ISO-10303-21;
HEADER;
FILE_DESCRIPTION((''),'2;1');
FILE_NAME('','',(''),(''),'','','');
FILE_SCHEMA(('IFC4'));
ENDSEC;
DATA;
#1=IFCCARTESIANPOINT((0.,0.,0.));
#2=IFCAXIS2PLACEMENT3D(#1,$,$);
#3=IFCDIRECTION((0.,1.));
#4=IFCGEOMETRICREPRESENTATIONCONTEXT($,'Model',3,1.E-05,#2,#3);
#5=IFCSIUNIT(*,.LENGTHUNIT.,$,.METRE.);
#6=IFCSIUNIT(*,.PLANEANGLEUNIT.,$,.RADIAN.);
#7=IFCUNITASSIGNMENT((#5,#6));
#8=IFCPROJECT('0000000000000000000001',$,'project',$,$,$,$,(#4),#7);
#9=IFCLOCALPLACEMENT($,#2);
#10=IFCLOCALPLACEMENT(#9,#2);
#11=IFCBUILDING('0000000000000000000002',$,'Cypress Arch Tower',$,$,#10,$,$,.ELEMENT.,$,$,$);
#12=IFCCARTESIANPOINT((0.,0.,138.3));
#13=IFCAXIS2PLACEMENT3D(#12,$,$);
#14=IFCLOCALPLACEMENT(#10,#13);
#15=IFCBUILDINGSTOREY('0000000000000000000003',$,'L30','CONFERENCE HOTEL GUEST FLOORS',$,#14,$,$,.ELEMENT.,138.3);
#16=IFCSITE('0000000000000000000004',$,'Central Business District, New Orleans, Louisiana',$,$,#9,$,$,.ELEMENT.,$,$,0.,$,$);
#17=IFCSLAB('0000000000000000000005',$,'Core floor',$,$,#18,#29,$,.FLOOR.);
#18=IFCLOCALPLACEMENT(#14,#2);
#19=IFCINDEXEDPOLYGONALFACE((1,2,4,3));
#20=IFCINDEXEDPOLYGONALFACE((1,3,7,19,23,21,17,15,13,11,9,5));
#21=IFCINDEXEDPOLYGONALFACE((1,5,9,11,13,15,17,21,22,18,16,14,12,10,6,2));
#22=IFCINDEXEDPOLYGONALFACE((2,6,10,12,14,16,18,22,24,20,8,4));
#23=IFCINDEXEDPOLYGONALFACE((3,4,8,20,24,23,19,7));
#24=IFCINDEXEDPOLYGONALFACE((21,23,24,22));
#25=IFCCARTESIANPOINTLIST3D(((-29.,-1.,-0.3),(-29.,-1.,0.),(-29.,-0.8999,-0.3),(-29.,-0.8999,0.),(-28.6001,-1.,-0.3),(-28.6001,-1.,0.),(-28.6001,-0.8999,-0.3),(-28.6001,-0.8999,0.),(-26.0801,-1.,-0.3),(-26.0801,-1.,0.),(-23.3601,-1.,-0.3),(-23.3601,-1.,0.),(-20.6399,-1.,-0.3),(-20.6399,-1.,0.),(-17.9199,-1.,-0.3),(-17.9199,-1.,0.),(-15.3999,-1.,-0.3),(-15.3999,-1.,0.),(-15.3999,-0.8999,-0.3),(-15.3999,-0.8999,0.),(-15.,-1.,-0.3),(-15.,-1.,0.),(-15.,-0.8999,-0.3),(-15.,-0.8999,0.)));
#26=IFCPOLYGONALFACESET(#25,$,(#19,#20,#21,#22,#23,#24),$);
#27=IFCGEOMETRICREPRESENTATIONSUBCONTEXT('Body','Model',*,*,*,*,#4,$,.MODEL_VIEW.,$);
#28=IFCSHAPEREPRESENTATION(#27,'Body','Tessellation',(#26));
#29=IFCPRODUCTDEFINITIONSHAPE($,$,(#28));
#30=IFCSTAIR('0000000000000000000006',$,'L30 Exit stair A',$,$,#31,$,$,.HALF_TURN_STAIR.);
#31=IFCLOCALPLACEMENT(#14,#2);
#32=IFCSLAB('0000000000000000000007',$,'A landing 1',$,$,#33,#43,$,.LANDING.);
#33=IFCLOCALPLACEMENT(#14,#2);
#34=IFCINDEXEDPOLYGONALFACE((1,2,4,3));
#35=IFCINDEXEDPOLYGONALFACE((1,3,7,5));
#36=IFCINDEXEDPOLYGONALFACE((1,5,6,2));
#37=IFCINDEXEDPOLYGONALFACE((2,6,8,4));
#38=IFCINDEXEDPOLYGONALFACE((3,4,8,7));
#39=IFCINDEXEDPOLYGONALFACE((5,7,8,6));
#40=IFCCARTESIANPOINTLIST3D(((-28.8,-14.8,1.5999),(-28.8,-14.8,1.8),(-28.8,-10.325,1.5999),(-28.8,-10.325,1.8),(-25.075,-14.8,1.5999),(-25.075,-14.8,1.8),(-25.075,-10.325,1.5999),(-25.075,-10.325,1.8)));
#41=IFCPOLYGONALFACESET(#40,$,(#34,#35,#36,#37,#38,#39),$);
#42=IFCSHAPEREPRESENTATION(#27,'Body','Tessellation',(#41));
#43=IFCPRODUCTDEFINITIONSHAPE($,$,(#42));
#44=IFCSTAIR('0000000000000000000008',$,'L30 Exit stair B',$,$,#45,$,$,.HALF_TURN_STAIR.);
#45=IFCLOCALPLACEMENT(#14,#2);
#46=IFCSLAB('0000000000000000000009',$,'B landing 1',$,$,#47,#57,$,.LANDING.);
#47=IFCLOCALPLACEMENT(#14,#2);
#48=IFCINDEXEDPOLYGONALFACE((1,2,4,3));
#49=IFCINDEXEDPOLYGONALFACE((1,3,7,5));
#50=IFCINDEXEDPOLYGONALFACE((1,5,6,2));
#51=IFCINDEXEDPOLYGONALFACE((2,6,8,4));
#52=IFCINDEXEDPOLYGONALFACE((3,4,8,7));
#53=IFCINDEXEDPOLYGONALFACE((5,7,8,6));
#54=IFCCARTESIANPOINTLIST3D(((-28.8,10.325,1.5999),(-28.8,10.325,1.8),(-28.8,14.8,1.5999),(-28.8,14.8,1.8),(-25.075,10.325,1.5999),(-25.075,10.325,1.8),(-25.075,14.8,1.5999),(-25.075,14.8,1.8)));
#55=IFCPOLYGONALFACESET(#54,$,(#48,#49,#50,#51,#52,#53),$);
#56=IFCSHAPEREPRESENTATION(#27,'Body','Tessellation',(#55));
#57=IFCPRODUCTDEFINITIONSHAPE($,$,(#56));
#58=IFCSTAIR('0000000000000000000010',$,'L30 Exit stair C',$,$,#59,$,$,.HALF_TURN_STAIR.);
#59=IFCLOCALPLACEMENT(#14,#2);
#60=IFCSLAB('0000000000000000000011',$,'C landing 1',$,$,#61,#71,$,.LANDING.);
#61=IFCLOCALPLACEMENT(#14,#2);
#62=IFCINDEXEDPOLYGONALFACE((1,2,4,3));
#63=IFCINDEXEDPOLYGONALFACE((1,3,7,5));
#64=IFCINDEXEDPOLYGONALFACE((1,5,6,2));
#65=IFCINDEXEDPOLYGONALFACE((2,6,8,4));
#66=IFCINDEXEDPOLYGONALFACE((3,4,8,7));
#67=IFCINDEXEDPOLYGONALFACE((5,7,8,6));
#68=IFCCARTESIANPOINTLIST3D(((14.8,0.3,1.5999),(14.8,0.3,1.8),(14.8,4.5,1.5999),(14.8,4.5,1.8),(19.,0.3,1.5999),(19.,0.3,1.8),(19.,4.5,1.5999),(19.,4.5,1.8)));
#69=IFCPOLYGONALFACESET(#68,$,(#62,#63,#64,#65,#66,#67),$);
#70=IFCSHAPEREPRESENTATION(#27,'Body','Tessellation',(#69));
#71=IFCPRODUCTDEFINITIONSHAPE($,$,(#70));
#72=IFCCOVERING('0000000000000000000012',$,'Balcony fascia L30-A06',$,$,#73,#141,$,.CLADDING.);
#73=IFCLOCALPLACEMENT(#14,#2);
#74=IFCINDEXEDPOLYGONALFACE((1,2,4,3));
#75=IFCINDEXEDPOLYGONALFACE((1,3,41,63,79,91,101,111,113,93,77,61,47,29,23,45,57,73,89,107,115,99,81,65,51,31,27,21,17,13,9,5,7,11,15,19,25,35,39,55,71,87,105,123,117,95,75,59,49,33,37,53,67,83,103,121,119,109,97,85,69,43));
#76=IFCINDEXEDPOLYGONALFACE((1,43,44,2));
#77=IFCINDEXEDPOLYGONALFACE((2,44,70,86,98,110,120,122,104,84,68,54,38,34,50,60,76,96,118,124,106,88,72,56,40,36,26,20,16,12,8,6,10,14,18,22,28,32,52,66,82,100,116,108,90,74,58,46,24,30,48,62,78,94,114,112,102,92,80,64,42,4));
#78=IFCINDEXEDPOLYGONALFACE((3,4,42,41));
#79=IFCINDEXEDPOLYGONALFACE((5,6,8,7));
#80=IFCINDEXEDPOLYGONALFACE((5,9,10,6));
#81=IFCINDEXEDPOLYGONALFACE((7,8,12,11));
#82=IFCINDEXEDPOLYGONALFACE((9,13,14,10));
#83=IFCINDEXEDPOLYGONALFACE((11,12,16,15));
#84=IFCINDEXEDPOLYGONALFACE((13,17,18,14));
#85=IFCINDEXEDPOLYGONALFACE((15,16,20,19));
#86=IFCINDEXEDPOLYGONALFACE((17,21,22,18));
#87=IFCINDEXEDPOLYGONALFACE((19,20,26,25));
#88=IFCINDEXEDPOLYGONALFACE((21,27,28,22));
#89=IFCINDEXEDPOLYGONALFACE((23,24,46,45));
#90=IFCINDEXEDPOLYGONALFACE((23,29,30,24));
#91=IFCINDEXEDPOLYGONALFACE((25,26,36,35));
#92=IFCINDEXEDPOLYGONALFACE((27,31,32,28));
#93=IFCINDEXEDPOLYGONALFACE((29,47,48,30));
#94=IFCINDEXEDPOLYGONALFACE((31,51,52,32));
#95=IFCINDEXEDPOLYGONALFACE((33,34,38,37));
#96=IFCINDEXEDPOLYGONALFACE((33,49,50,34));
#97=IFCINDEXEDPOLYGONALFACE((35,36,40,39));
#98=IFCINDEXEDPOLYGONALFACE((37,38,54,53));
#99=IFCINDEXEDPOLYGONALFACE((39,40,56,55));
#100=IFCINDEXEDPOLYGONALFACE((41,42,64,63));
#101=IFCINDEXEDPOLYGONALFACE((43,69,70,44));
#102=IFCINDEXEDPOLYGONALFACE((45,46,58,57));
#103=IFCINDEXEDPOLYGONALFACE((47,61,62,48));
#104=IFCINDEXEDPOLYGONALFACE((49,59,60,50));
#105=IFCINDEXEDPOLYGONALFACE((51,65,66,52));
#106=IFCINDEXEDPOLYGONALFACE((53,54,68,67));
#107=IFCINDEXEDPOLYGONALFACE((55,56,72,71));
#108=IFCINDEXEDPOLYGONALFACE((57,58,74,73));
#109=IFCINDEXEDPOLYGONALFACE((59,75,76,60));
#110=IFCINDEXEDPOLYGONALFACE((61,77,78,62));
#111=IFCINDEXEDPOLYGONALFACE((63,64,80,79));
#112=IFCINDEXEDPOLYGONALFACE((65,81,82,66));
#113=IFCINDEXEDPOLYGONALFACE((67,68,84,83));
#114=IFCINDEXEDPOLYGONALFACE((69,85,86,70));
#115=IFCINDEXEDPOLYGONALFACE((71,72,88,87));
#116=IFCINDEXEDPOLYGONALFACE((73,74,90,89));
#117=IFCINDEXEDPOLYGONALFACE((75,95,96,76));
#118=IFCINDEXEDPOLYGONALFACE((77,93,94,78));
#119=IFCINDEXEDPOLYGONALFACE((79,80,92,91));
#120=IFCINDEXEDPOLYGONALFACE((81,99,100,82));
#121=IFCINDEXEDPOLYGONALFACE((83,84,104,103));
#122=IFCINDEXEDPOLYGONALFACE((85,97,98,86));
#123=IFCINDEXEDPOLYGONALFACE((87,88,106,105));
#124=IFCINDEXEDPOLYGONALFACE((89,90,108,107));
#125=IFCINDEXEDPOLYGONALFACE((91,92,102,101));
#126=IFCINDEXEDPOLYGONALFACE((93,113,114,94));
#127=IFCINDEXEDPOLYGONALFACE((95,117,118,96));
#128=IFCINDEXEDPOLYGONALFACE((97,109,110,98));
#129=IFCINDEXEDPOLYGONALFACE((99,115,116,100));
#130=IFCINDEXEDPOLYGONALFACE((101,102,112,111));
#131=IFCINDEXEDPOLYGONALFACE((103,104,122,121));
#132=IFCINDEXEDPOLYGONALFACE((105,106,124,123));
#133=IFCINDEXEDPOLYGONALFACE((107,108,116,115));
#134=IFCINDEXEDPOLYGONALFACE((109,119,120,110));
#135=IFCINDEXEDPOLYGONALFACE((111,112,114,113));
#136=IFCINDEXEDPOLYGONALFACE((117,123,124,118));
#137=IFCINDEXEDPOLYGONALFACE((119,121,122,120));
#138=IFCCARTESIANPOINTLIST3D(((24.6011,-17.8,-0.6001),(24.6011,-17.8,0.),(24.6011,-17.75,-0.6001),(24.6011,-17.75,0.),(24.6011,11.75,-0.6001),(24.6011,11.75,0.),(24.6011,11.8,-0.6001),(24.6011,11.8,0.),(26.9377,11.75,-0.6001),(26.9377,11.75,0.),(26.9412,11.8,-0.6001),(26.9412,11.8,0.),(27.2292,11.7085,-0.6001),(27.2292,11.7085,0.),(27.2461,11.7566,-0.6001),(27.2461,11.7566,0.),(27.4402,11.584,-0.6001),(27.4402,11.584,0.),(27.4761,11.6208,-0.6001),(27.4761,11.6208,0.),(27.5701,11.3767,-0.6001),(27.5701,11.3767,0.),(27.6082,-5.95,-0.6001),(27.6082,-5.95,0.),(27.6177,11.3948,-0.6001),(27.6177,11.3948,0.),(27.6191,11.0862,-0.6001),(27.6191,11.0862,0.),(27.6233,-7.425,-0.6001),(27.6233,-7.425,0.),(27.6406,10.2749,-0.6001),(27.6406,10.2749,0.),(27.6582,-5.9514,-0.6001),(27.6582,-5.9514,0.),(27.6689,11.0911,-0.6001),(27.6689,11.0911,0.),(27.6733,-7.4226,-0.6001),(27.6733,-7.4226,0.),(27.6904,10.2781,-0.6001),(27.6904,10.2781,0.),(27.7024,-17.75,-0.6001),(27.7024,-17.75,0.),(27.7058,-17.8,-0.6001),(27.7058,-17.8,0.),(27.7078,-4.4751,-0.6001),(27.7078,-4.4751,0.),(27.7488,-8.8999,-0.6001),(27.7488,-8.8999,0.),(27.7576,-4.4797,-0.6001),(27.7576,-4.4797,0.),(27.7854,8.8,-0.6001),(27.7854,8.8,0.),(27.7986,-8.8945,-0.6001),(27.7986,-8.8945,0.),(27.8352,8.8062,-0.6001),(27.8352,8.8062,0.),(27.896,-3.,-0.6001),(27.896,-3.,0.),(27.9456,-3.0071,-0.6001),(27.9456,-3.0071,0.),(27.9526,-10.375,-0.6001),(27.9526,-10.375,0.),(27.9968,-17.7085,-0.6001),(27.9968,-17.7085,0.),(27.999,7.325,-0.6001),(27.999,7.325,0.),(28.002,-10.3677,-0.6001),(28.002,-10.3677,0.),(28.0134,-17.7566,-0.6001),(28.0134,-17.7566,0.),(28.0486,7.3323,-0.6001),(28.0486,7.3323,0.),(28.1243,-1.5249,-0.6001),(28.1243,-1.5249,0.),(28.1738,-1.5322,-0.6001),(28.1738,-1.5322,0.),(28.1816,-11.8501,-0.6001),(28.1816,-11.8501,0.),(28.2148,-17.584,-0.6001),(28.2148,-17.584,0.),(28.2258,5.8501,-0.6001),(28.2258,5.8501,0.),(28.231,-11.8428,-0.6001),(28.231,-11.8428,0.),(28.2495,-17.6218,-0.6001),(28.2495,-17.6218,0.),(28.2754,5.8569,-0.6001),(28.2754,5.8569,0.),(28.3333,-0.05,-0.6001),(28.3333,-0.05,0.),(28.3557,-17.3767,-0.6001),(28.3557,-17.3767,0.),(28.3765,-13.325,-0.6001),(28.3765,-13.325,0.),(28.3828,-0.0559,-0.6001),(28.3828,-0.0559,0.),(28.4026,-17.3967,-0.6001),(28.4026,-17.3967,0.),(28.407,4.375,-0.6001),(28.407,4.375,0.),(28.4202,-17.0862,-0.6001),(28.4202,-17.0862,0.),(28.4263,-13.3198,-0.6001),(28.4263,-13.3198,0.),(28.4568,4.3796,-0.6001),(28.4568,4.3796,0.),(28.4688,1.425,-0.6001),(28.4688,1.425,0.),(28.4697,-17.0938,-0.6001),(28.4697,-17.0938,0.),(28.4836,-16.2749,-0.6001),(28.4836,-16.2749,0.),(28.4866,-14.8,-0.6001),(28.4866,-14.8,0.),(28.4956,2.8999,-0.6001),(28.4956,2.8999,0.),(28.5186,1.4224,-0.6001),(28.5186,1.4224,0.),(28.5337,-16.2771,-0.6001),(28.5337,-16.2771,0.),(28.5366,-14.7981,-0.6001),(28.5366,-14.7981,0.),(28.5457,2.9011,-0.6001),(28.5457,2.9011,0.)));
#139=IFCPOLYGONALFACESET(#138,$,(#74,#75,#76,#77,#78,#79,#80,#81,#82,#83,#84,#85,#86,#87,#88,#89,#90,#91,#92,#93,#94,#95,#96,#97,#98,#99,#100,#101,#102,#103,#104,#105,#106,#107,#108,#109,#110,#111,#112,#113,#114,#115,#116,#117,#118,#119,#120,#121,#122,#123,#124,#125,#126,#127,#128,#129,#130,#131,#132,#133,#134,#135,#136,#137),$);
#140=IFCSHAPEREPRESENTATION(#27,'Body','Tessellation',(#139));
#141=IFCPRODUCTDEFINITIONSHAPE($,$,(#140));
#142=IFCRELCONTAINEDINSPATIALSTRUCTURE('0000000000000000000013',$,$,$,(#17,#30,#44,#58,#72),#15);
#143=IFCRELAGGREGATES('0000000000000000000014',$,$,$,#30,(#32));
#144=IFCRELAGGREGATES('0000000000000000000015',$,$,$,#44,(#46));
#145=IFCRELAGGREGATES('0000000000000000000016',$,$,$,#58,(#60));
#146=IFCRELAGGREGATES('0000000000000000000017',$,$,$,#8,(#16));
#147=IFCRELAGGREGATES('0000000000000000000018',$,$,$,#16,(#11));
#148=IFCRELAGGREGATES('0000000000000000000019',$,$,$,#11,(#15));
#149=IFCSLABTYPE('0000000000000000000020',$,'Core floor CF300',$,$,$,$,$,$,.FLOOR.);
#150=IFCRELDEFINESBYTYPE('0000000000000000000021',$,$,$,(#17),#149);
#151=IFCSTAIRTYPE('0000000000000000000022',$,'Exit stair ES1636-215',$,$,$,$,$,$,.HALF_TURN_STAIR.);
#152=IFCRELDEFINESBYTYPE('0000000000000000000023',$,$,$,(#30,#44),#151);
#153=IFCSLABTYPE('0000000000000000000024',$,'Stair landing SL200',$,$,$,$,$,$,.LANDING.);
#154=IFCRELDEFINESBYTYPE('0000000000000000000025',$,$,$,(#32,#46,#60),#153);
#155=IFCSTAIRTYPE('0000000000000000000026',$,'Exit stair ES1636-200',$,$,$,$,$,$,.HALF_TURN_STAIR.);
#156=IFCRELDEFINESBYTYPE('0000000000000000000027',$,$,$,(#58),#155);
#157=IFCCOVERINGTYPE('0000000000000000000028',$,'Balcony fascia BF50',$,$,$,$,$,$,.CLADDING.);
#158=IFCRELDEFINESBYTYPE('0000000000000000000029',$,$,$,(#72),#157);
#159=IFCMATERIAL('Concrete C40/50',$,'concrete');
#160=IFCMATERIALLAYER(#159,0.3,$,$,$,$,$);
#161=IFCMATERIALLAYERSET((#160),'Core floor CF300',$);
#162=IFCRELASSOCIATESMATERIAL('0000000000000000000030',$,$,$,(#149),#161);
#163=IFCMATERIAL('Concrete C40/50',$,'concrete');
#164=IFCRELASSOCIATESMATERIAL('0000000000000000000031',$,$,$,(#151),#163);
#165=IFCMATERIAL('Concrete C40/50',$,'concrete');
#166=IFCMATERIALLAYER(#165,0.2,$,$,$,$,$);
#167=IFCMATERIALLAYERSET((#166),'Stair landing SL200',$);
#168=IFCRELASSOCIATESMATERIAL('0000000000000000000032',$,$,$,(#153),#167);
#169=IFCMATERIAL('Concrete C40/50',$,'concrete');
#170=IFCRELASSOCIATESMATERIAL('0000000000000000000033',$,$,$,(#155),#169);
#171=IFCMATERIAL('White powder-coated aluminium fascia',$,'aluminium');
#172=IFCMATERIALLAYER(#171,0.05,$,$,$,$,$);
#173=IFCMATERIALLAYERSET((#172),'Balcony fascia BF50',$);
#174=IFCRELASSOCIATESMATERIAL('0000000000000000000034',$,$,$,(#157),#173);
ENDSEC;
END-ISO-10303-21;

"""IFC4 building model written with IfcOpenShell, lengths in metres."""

from ifc_helpers import new_model, si_unit, direction, frame, origin, place, context, subcontext, project, spatial, polyline, outline, extrude, material, layer, layer_set, type_object, element, aggregate, save


model = new_model("IFC4")

# Units and contexts
model_context = context("Model", 3, precision=1e-05, world=origin(), true_north=direction((0.0, 1.0)))
body_context = subcontext(model_context, "Body", "Model", "MODEL_VIEW")
ifc_project = project(units=[si_unit("LENGTHUNIT", "METRE"), si_unit("PLANEANGLEUNIT", "RADIAN")], contexts=[model_context])

# Site, building, storey
site_placement = place(None, origin())
site = spatial("IfcSite", under=ifc_project, at=site_placement, Name="Central Business District, New Orleans, Louisiana", CompositionType="ELEMENT", RefElevation=0.0)
building_placement = place(site_placement, origin())
building = spatial("IfcBuilding", under=site, at=building_placement, Name="Cypress Arch Tower", CompositionType="ELEMENT")
storey_placement = place(building_placement, frame((0.0, 0.0, 138.3)))
storey = spatial("IfcBuildingStorey", under=building, at=storey_placement, Name="L30", Description="CONFERENCE HOTEL GUEST FLOORS", CompositionType="ELEMENT", Elevation=138.3)

# Slab
ifc_material_1 = material(Name="Concrete C40/50", Category="concrete")
ifc_layer_1 = layer(ifc_material_1, 0.3)
ifc_layer_set_1 = layer_set([ifc_layer_1], Name="Core floor CF300")
slab_type_1 = type_object("IfcSlabType", Name="Core floor CF300", PredefinedType="FLOOR", material=ifc_layer_set_1)
slab_1_placement = place(storey_placement, frame((0.0, 0.0, -0.3)))
element("IfcSlab", 1, at=slab_1_placement, inside=storey, type_object=slab_type_1, Name="Core floor", PredefinedType="FLOOR", context=body_context, shape_type="SweptSolid", body=[
    extrude(outline(polyline([(-20.6399, -1.0), (-23.3601, -1.0), (-26.0801, -1.0), (-28.6001, -1.0), (-29.0, -1.0), (-29.0, -0.8999), (-28.6001, -0.8999), (-15.3999, -0.8999), (-15.0, -0.8999), (-15.0, -1.0), (-15.3999, -1.0), (-17.9199, -1.0), (-20.6399, -1.0)])), origin(), (0.0, 0.0, 1.0), 0.3),
])

# Stairs, slabs
ifc_material_2 = material(Name="Concrete C40/50", Category="concrete")
stair_type_1 = type_object("IfcStairType", Name="Exit stair ES1636-215", PredefinedType="HALF_TURN_STAIR", material=ifc_material_2)
stair_1_placement = place(storey_placement, origin())
stair_1 = element("IfcStair", 2, at=stair_1_placement, inside=storey, type_object=stair_type_1, Name="L30 Exit stair A", PredefinedType="HALF_TURN_STAIR")
ifc_material_3 = material(Name="Concrete C40/50", Category="concrete")
ifc_layer_2 = layer(ifc_material_3, 0.2)
ifc_layer_set_2 = layer_set([ifc_layer_2], Name="Stair landing SL200")
slab_type_2 = type_object("IfcSlabType", Name="Stair landing SL200", PredefinedType="LANDING", material=ifc_layer_set_2)
slab_2_placement = place(storey_placement, frame((0.0, 0.0, 1.5999)))
slab_2 = element("IfcSlab", 3, at=slab_2_placement, type_object=slab_type_2, Name="A landing 1", PredefinedType="LANDING", context=body_context, shape_type="SweptSolid", body=[
    extrude(outline(polyline([(-25.075, -10.325), (-28.8, -10.325), (-28.8, -14.8), (-25.075, -14.8), (-25.075, -10.325)])), origin(), (0.0, 0.0, 1.0), 0.2002),
])
aggregate(stair_1, [slab_2])
stair_2_placement = place(storey_placement, origin())
stair_2 = element("IfcStair", 4, at=stair_2_placement, inside=storey, type_object=stair_type_1, Name="L30 Exit stair B", PredefinedType="HALF_TURN_STAIR")
slab_3_placement = place(storey_placement, frame((0.0, 0.0, 1.5999)))
slab_3 = element("IfcSlab", 5, at=slab_3_placement, type_object=slab_type_2, Name="B landing 1", PredefinedType="LANDING", context=body_context, shape_type="SweptSolid", body=[
    extrude(outline(polyline([(-25.075, 14.8), (-28.8, 14.8), (-28.8, 10.325), (-25.075, 10.325), (-25.075, 14.8)])), origin(), (0.0, 0.0, 1.0), 0.2002),
])
aggregate(stair_2, [slab_3])
ifc_material_4 = material(Name="Concrete C40/50", Category="concrete")
stair_type_2 = type_object("IfcStairType", Name="Exit stair ES1636-200", PredefinedType="HALF_TURN_STAIR", material=ifc_material_4)
stair_3_placement = place(storey_placement, origin())
stair_3 = element("IfcStair", 6, at=stair_3_placement, inside=storey, type_object=stair_type_2, Name="L30 Exit stair C", PredefinedType="HALF_TURN_STAIR")
slab_4_placement = place(storey_placement, frame((0.0, 0.0, 1.5999)))
slab_4 = element("IfcSlab", 7, at=slab_4_placement, type_object=slab_type_2, Name="C landing 1", PredefinedType="LANDING", context=body_context, shape_type="SweptSolid", body=[
    extrude(outline(polyline([(19.0, 0.3), (19.0, 4.5), (14.8, 4.5), (14.8, 0.3), (19.0, 0.3)])), origin(), (0.0, 0.0, 1.0), 0.2002),
])
aggregate(stair_3, [slab_4])

# Covering
ifc_material_5 = material(Name="White powder-coated aluminium fascia", Category="aluminium")
ifc_layer_3 = layer(ifc_material_5, 0.05)
ifc_layer_set_3 = layer_set([ifc_layer_3], Name="Balcony fascia BF50")
covering_type_1 = type_object("IfcCoveringType", Name="Balcony fascia BF50", PredefinedType="CLADDING", material=ifc_layer_set_3)
covering_1_placement = place(storey_placement, frame((0.0, 0.0, -0.6001)))
element("IfcCovering", 8, at=covering_1_placement, inside=storey, type_object=covering_type_1, Name="Balcony fascia L30-A06", PredefinedType="CLADDING", context=body_context, shape_type="SweptSolid", body=[
    extrude(outline(polyline([(26.9412, 11.8), (27.2461, 11.7566), (27.4761, 11.6208), (27.6177, 11.3948), (27.6689, 11.0911), (27.6904, 10.2781), (27.8352, 8.8062), (28.0486, 7.3323), (28.2754, 5.8569), (28.4568, 4.3796), (28.5457, 2.9011), (28.5186, 1.4224), (28.3828, -0.0559), (28.1738, -1.5322), (27.9456, -3.0071), (27.7576, -4.4797), (27.6582, -5.9514), (27.6733, -7.4226), (27.7986, -8.8945), (28.002, -10.3677), (28.231, -11.8428), (28.4263, -13.3198), (28.5366, -14.7981), (28.5337, -16.2771), (28.4697, -17.0938), (28.4026, -17.3967), (28.2495, -17.6218), (28.0134, -17.7566), (27.7058, -17.8), (24.6011, -17.8), (24.6011, -17.75), (27.7024, -17.75), (27.9968, -17.7085), (28.2148, -17.584), (28.3557, -17.3767), (28.4202, -17.0862), (28.4836, -16.2749), (28.4866, -14.8), (28.3765, -13.325), (28.1816, -11.8501), (27.9526, -10.375), (27.7488, -8.8999), (27.6233, -7.425), (27.6082, -5.95), (27.7078, -4.4751), (27.896, -3.0), (28.1243, -1.5249), (28.3333, -0.05), (28.4688, 1.425), (28.4956, 2.8999), (28.407, 4.375), (28.2258, 5.8501), (27.999, 7.325), (27.7854, 8.8), (27.6406, 10.2749), (27.6191, 11.0862), (27.5701, 11.3767), (27.4402, 11.584), (27.2292, 11.7085), (26.9377, 11.75), (24.6011, 11.75), (24.6011, 11.8), (26.9412, 11.8)])), origin(), (0.0, 0.0, 1.0), 0.6001),
])

save(model, "model.ifc")
